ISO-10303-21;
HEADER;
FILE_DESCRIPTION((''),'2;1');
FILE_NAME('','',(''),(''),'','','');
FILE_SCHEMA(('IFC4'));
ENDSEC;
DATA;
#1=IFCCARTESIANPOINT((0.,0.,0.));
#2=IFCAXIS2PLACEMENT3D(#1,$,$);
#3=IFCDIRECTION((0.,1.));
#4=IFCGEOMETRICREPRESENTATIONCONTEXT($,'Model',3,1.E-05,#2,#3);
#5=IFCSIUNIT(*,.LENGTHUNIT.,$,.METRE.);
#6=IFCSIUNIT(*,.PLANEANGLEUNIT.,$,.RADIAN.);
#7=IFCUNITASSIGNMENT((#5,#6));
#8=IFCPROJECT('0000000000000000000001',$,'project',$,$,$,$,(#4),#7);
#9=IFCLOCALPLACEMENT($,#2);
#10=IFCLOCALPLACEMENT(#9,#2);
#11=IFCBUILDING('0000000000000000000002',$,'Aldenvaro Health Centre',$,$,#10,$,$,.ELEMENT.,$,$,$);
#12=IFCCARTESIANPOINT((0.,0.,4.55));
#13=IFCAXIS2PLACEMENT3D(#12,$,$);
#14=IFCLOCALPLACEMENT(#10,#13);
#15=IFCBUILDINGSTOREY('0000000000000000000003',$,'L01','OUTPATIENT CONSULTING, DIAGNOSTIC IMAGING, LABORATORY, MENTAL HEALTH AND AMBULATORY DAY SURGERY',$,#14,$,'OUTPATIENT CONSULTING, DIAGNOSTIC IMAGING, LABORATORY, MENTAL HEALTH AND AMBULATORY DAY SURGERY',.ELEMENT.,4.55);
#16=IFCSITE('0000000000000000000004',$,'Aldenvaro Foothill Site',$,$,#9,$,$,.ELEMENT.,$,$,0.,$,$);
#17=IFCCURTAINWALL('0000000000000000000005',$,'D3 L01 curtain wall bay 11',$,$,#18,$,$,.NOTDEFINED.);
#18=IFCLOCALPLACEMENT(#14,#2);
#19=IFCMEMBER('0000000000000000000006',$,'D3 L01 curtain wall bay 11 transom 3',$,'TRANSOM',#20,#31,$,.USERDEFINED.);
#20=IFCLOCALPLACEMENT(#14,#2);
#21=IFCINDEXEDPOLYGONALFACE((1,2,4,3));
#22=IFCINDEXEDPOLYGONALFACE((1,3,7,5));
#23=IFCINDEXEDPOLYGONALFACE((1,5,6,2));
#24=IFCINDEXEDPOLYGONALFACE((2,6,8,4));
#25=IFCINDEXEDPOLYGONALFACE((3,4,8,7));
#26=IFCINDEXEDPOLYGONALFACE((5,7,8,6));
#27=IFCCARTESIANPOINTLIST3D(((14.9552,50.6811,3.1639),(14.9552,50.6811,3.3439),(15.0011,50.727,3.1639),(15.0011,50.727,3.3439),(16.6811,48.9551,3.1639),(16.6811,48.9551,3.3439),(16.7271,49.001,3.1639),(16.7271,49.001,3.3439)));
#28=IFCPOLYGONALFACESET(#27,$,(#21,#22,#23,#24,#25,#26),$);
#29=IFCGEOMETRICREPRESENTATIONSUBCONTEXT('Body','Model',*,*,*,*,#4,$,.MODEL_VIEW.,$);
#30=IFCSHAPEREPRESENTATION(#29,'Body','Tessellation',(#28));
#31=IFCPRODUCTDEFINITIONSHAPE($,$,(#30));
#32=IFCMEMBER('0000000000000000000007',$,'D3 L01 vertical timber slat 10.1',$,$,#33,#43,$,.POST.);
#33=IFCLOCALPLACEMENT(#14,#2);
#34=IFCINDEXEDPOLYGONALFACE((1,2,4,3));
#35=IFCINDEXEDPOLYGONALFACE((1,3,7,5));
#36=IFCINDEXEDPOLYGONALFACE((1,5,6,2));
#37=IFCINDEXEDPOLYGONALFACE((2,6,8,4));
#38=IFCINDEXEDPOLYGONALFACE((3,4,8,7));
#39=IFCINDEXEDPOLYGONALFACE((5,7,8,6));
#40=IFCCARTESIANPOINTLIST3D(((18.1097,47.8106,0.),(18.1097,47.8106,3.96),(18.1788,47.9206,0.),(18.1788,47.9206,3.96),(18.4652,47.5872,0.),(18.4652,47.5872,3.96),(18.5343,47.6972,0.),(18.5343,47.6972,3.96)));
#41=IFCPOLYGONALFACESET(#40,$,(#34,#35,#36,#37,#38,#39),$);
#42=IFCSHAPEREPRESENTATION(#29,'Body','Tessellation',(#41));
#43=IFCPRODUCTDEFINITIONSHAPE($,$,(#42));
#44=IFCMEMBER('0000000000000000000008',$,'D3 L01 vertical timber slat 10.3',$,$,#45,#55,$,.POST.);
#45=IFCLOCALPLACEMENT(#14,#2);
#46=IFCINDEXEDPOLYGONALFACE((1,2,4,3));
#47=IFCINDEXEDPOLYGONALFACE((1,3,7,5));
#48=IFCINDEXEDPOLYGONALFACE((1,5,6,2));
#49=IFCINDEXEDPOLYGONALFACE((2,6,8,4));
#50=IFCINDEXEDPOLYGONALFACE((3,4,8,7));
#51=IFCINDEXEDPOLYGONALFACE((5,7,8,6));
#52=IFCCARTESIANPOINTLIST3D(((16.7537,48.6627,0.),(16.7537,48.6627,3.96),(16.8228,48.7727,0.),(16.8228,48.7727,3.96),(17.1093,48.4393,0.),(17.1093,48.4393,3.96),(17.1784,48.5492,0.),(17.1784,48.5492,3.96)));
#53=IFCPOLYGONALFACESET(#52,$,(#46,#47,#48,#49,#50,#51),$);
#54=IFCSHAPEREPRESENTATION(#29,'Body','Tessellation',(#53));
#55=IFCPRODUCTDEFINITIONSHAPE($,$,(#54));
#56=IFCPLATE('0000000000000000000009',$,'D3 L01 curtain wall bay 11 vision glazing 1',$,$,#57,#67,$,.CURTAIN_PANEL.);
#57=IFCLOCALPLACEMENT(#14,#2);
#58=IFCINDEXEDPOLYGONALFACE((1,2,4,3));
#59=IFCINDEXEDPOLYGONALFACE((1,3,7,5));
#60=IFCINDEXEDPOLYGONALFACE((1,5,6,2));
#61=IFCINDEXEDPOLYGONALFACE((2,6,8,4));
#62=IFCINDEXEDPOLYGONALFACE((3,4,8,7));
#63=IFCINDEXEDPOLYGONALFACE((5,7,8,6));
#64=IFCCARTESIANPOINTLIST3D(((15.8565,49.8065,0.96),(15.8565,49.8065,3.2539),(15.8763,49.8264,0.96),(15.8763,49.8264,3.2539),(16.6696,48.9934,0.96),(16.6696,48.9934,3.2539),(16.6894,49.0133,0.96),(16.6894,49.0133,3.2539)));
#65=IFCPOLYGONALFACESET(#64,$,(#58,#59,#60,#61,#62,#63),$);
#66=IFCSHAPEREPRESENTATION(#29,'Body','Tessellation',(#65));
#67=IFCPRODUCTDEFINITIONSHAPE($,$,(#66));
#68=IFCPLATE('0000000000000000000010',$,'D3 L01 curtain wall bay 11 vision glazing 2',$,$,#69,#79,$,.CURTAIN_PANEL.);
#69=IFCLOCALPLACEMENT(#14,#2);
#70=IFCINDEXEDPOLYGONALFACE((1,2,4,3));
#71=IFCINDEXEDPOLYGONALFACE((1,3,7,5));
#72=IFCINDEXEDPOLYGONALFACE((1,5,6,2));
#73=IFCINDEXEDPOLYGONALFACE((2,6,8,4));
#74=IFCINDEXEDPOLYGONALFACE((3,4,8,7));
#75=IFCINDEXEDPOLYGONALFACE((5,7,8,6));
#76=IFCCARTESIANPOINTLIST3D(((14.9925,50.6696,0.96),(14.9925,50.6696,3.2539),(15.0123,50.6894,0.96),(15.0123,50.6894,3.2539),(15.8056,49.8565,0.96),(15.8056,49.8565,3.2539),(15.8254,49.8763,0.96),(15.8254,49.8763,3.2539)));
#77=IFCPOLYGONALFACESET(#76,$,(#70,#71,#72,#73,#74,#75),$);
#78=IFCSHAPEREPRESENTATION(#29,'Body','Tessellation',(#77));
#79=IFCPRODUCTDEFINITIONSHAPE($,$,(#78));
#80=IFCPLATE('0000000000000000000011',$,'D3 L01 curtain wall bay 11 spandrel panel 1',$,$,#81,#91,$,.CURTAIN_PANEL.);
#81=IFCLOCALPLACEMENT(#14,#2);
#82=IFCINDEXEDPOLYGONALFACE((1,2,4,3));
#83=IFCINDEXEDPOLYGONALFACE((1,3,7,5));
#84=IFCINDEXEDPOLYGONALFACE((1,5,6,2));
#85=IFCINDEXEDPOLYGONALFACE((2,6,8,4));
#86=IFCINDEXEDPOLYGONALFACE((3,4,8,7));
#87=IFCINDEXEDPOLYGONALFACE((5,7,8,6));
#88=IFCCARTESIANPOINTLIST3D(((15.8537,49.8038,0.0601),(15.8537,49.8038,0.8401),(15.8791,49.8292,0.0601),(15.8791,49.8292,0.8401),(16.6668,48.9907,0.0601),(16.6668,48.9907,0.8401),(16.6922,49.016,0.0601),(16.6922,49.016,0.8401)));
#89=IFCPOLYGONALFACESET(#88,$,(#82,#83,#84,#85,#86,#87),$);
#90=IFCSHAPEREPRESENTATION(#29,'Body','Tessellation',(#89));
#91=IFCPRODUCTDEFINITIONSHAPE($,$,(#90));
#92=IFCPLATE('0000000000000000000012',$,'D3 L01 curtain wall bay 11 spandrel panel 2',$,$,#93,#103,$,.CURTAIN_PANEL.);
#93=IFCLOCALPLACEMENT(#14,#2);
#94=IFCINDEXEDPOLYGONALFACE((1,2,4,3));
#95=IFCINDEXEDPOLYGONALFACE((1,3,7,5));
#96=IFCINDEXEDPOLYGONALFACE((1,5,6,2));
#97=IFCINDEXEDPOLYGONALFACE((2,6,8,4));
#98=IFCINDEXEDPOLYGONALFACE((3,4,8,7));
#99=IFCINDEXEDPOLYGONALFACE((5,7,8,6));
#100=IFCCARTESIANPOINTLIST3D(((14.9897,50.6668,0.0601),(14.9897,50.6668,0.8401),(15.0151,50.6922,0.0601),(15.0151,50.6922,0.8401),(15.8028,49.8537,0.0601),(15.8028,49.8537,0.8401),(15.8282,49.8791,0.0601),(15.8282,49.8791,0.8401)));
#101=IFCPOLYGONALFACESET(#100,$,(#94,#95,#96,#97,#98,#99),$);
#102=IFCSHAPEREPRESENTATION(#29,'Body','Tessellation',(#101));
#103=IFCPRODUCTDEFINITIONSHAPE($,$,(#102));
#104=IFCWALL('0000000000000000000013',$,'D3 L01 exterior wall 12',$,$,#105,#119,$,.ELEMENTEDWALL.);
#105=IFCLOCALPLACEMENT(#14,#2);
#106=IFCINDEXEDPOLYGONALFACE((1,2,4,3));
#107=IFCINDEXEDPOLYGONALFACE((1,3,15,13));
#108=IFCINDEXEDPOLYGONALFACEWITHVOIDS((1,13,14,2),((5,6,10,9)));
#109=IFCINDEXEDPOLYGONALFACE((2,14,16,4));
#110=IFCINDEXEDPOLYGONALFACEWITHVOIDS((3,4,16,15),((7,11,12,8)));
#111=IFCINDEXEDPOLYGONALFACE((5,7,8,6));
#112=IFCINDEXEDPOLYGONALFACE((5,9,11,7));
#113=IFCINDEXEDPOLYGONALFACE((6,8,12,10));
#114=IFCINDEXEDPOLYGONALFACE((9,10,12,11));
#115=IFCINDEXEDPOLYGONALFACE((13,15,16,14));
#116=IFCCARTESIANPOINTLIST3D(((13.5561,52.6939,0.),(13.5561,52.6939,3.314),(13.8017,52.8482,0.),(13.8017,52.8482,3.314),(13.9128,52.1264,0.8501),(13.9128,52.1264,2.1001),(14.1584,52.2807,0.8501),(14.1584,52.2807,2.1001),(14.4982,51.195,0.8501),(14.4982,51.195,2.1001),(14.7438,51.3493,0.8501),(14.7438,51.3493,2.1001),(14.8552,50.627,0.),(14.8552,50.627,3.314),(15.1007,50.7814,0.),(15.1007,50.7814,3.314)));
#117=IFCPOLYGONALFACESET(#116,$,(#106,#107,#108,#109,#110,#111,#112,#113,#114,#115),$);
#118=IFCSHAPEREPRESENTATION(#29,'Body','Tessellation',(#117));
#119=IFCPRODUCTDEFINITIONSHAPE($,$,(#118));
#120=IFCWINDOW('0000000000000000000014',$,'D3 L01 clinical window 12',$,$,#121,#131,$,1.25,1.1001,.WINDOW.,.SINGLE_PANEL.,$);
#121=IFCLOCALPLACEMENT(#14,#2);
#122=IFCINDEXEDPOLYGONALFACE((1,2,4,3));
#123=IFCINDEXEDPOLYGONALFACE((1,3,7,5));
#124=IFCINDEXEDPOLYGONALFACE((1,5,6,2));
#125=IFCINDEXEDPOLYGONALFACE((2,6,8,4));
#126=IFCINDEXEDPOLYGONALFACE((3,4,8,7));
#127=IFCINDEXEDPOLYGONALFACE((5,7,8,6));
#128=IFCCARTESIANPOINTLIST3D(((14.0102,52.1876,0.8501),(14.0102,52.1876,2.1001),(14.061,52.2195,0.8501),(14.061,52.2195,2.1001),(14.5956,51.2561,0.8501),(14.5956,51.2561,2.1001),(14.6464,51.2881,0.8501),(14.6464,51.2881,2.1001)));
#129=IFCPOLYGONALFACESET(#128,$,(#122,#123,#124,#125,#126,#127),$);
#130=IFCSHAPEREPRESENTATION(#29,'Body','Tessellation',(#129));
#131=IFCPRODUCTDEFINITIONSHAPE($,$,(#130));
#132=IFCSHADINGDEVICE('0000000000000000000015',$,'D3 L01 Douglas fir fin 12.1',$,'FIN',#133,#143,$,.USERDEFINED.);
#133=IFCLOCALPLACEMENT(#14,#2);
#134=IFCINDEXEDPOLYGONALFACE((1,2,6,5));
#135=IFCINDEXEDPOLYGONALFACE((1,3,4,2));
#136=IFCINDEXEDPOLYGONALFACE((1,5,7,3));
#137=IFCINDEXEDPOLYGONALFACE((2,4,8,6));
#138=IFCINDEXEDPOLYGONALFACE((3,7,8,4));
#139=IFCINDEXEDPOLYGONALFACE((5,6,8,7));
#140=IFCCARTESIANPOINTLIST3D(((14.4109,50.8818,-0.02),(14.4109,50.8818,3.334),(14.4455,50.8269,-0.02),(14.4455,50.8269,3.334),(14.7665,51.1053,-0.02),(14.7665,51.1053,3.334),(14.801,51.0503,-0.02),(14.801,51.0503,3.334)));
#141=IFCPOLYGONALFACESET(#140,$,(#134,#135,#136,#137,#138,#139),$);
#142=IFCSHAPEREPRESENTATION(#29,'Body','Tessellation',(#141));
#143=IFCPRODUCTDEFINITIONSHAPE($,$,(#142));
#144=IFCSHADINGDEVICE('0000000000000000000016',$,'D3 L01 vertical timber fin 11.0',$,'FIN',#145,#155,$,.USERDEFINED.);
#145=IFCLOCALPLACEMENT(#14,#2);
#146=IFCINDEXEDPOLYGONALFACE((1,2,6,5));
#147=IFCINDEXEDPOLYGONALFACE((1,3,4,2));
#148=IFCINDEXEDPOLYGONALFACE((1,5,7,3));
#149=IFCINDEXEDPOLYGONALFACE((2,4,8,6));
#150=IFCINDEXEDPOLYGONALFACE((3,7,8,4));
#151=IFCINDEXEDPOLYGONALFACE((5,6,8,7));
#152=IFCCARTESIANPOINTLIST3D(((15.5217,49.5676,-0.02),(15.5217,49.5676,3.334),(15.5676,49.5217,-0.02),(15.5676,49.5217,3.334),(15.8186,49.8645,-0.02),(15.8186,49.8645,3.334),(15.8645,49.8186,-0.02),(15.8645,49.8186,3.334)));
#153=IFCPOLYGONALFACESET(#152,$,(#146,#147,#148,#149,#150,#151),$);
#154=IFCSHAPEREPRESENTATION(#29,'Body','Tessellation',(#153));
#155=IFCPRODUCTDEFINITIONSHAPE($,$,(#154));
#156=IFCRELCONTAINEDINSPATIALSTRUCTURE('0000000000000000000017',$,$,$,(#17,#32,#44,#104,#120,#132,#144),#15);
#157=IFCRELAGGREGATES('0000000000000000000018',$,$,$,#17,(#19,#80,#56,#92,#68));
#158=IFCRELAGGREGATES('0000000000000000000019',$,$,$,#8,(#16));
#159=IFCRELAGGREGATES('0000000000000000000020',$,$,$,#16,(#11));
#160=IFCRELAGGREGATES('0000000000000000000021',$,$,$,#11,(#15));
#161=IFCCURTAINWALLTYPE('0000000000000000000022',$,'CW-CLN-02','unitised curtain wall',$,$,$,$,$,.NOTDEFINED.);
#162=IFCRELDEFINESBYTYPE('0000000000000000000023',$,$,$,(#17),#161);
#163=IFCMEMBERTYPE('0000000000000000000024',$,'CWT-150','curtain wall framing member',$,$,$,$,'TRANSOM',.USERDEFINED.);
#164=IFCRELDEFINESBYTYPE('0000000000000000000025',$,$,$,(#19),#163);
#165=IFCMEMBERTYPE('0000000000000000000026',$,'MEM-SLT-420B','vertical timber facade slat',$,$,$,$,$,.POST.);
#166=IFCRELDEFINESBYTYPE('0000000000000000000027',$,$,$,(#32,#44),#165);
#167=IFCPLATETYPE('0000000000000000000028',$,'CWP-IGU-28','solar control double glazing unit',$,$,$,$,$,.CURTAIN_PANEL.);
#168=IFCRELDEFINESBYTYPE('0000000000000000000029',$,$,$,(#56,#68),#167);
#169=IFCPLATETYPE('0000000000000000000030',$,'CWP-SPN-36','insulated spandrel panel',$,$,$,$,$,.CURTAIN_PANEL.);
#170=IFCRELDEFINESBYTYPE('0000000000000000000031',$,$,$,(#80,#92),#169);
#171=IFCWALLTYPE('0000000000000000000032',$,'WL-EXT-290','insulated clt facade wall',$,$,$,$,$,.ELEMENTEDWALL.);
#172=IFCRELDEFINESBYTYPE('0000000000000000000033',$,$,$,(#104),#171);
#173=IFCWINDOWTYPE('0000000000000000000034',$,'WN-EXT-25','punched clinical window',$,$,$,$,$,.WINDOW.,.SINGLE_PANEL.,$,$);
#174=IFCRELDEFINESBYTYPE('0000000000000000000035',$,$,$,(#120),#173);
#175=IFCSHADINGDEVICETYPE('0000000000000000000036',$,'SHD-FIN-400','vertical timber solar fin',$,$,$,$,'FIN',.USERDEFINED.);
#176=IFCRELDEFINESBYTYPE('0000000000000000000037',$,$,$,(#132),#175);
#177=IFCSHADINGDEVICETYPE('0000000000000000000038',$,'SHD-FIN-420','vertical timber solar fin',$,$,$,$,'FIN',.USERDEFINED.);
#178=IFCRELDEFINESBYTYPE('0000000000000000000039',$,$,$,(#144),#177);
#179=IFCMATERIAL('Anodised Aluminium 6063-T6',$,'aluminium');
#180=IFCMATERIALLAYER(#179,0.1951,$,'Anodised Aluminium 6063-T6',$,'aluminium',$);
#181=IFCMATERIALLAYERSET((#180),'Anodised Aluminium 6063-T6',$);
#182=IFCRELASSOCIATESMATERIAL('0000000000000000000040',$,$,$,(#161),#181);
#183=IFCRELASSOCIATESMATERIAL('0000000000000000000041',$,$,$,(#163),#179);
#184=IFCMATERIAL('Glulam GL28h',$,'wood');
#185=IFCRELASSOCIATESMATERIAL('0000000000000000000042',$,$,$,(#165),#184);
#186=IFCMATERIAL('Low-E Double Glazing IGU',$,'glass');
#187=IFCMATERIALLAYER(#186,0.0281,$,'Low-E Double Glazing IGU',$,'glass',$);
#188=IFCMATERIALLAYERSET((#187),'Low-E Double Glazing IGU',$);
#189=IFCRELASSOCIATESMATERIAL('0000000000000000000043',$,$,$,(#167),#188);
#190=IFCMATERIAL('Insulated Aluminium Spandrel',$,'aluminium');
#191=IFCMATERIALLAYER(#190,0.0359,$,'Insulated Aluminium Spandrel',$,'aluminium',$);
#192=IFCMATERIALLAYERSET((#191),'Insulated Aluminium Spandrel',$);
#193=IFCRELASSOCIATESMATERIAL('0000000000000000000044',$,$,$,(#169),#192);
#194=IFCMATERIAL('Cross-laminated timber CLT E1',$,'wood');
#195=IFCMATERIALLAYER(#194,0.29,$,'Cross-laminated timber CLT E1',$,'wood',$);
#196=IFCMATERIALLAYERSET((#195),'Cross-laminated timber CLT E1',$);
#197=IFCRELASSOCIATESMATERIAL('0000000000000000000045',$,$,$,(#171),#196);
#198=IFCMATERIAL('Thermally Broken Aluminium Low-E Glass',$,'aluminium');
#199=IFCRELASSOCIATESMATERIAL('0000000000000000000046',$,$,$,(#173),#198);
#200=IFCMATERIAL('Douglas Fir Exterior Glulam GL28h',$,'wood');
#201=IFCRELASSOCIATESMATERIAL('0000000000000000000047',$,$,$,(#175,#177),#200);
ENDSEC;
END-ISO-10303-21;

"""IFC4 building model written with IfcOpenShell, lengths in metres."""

from ifc_helpers import new_model, si_unit, direction, frame, frame_2d, origin, origin_2d, place, context, subcontext, project, spatial, rectangle, extrude, material, layer, layer_set, material_profile, profile_set, type_object, element, fill, aggregate, save


model = new_model("IFC4")

# Units and contexts
model_context = context("Model", 3, precision=1e-05, world=origin(), true_north=direction((0.0, 1.0)))
body_context = subcontext(model_context, "Body", "Model", "MODEL_VIEW")
ifc_project = project(units=[si_unit("LENGTHUNIT", "METRE"), si_unit("PLANEANGLEUNIT", "RADIAN")], contexts=[model_context])

# Site, building, storey
site_placement = place(None, origin())
site = spatial("IfcSite", under=ifc_project, at=site_placement, Name="Aldenvaro Foothill Site", CompositionType="ELEMENT", RefElevation=0.0)
building_placement = place(site_placement, origin())
building = spatial("IfcBuilding", under=site, at=building_placement, Name="Aldenvaro Health Centre", CompositionType="ELEMENT")
storey_placement = place(building_placement, frame((0.0, 0.0, 4.55)))
storey = spatial("IfcBuildingStorey", under=building, at=storey_placement, Name="L01", Description="OUTPATIENT CONSULTING, DIAGNOSTIC IMAGING, LABORATORY, MENTAL HEALTH AND AMBULATORY DAY SURGERY", LongName="OUTPATIENT CONSULTING, DIAGNOSTIC IMAGING, LABORATORY, MENTAL HEALTH AND AMBULATORY DAY SURGERY", CompositionType="ELEMENT", Elevation=4.55)

# Shared definitions
ifc_material_1 = material(Name="Glulam GL28h", Category="wood")

# Curtain wall, member
ifc_material_2 = material(Name="Anodised Aluminium 6063-T6", Category="aluminium")
ifc_layer_1 = layer(ifc_material_2, 0.1951, Name="Anodised Aluminium 6063-T6", Category="aluminium")
ifc_layer_set_1 = layer_set([ifc_layer_1], Name="Anodised Aluminium 6063-T6")
curtain_wall_type = type_object("IfcCurtainWallType", Name="CW-CLN-02", Description="unitised curtain wall", PredefinedType="NOTDEFINED", material=ifc_layer_set_1)
curtain_wall_placement = place(storey_placement, origin())
curtain_wall = element("IfcCurtainWall", 1, at=curtain_wall_placement, inside=storey, type_object=curtain_wall_type, Name="D3 L01 curtain wall bay 11", PredefinedType="NOTDEFINED")
ifc_material_profile_1 = material_profile(ifc_material_2, rectangle(XDim=0.0649, YDim=0.1799, at=origin_2d()), Name="ALU 65x180", Category="aluminium")
ifc_profile_set_1 = profile_set([ifc_material_profile_1], Name="Anodised Aluminium 6063-T6")
member_type_1 = type_object("IfcMemberType", Name="CWT-150", Description="curtain wall framing member", ElementType="TRANSOM", PredefinedType="USERDEFINED", material=ifc_profile_set_1)
member_1_placement = place(storey_placement, frame((16.7041, 48.978, 3.2539), z_axis=(-0.707107, 0.707107, 0.0), x_axis=(-0.707107, -0.707107, 0.0)))
member_1 = element("IfcMember", 2, at=member_1_placement, type_object=member_type_1, Name="D3 L01 curtain wall bay 11 transom 3", ObjectType="TRANSOM", PredefinedType="USERDEFINED", context=body_context, shape_type="SweptSolid", body=[
    extrude(rectangle(XDim=0.0649, YDim=0.1799, at=origin_2d()), origin(), (0.0, 0.0, 1.0), 2.4409),
])

# Members
ifc_material_profile_2 = material_profile(ifc_material_1, rectangle(XDim=0.1299, YDim=0.4199, at=origin_2d()), Name="GL 130x420", Category="wood")
ifc_profile_set_2 = profile_set([ifc_material_profile_2], Name="Glulam GL28h")
member_type_2 = type_object("IfcMemberType", Name="MEM-SLT-420B", Description="vertical timber facade slat", PredefinedType="POST", material=ifc_profile_set_2)
for number, where, z_axis, x_axis, name in (
    (3, (18.322, 47.7539, 0.0), (0.0, 0.0, 1.0), (-0.532096, -0.846684, 0.0), "D3 L01 vertical timber slat 10.1"),
    (4, (16.9661, 48.606, 0.0), (0.0, 0.0, 1.0), (-0.532096, -0.846684, 0.0), "D3 L01 vertical timber slat 10.3"),
):
    element("IfcMember", number, at=place(storey_placement, frame(where, z_axis=z_axis, x_axis=x_axis)), inside=storey, type_object=member_type_2, Name=name, PredefinedType="POST", context=body_context, shape_type="SweptSolid", body=[
        extrude(rectangle(XDim=0.1299, YDim=0.4199, at=origin_2d()), origin(), (0.0, 0.0, 1.0), 3.96),
    ])

# Plates
ifc_material_3 = material(Name="Low-E Double Glazing IGU", Category="glass")
ifc_layer_2 = layer(ifc_material_3, 0.0281, Name="Low-E Double Glazing IGU", Category="glass")
ifc_layer_set_2 = layer_set([ifc_layer_2], Name="Low-E Double Glazing IGU")
plate_type_1 = type_object("IfcPlateType", Name="CWP-IGU-28", Description="solar control double glazing unit", PredefinedType="CURTAIN_PANEL", material=ifc_layer_set_2)
plate_1_placement = place(storey_placement, frame((16.2729, 49.4099, 0.96), z_axis=(0.0, 0.0, 1.0), x_axis=(-0.707107, 0.707107, 0.0)))
plate_1 = element("IfcPlate", 5, at=plate_1_placement, type_object=plate_type_1, Name="D3 L01 curtain wall bay 11 vision glazing 1", PredefinedType="CURTAIN_PANEL", context=body_context, shape_type="SweptSolid", body=[
    extrude(rectangle(XDim=1.1499, YDim=0.0281, at=origin_2d()), origin(), (0.0, 0.0, 1.0), 2.2939),
])
plate_2_placement = place(storey_placement, frame((15.4089, 50.2729, 0.96), z_axis=(0.0, 0.0, 1.0), x_axis=(-0.707107, 0.707107, 0.0)))
plate_2 = element("IfcPlate", 6, at=plate_2_placement, type_object=plate_type_1, Name="D3 L01 curtain wall bay 11 vision glazing 2", PredefinedType="CURTAIN_PANEL", context=body_context, shape_type="SweptSolid", body=[
    extrude(rectangle(XDim=1.1499, YDim=0.0281, at=origin_2d()), origin(), (0.0, 0.0, 1.0), 2.2939),
])
ifc_material_4 = material(Name="Insulated Aluminium Spandrel", Category="aluminium")
ifc_layer_3 = layer(ifc_material_4, 0.0359, Name="Insulated Aluminium Spandrel", Category="aluminium")
ifc_layer_set_3 = layer_set([ifc_layer_3], Name="Insulated Aluminium Spandrel")
plate_type_2 = type_object("IfcPlateType", Name="CWP-SPN-36", Description="insulated spandrel panel", PredefinedType="CURTAIN_PANEL", material=ifc_layer_set_3)
plate_3_placement = place(storey_placement, frame((16.2729, 49.4099, 0.0601), z_axis=(0.0, 0.0, 1.0), x_axis=(-0.707107, 0.707107, 0.0)))
plate_3 = element("IfcPlate", 7, at=plate_3_placement, type_object=plate_type_2, Name="D3 L01 curtain wall bay 11 spandrel panel 1", PredefinedType="CURTAIN_PANEL", context=body_context, shape_type="SweptSolid", body=[
    extrude(rectangle(XDim=1.1499, YDim=0.0359, at=origin_2d()), origin(), (0.0, 0.0, 1.0), 0.78),
])
plate_4_placement = place(storey_placement, frame((15.4089, 50.2729, 0.0601), z_axis=(0.0, 0.0, 1.0), x_axis=(-0.707107, 0.707107, 0.0)))
plate_4 = element("IfcPlate", 8, at=plate_4_placement, type_object=plate_type_2, Name="D3 L01 curtain wall bay 11 spandrel panel 2", PredefinedType="CURTAIN_PANEL", context=body_context, shape_type="SweptSolid", body=[
    extrude(rectangle(XDim=1.1499, YDim=0.0359, at=origin_2d()), origin(), (0.0, 0.0, 1.0), 0.78),
])
aggregate(curtain_wall, [member_1, plate_3, plate_1, plate_4, plate_2])

# Wall, opening, window
ifc_material_5 = material(Name="Cross-laminated timber CLT E1", Category="wood")
ifc_layer_4 = layer(ifc_material_5, 0.29, Name="Cross-laminated timber CLT E1", Category="wood")
ifc_layer_set_4 = layer_set([ifc_layer_4], Name="Cross-laminated timber CLT E1")
wall_type = type_object("IfcWallType", Name="WL-EXT-290", Description="insulated clt facade wall", PredefinedType="ELEMENTEDWALL", material=ifc_layer_set_4)
wall_placement = place(storey_placement, frame((14.978, 50.7041, 0.0), z_axis=(0.0, 0.0, 1.0), x_axis=(-0.532137, 0.846658, 0.0)))
wall = element("IfcWall", 9, at=wall_placement, inside=storey, type_object=wall_type, Name="D3 L01 exterior wall 12", PredefinedType="ELEMENTEDWALL", context=body_context, shape_type="SweptSolid", body=[
    extrude(rectangle(XDim=2.4412, YDim=0.29, at=frame_2d((1.2207, 0.0))), origin(), (0.0, 0.0, 1.0), 3.314),
])
opening_placement = place(wall_placement, frame((0.6709, 0.0, 0.8501)))
opening = element("IfcOpeningElement", 10, at=opening_placement, cuts=wall, PredefinedType="OPENING", context=body_context, shape_type="SweptSolid", body=[
    extrude(rectangle(XDim=1.1001, YDim=1.25, at=frame_2d((0.55, 0.625))), frame((0.0, 0.155, 0.0), z_axis=(0.0, -1.0, 0.0), x_axis=(1.0, 0.0, 0.0)), (0.0, 0.0, 1.0), 0.3101),
])
ifc_material_6 = material(Name="Thermally Broken Aluminium Low-E Glass", Category="aluminium")
window_type = type_object("IfcWindowType", Name="WN-EXT-25", Description="punched clinical window", PartitioningType="SINGLE_PANEL", PredefinedType="WINDOW", material=ifc_material_6)
window_placement = place(opening_placement, origin())
window = element("IfcWindow", 11, at=window_placement, inside=storey, type_object=window_type, Name="D3 L01 clinical window 12", OverallHeight=1.25, OverallWidth=1.1001, PartitioningType="SINGLE_PANEL", PredefinedType="WINDOW", context=body_context, shape_type="SweptSolid", body=[
    extrude(rectangle(XDim=1.1001, YDim=1.25, at=frame_2d((0.55, 0.625))), frame((0.0, 0.03, 0.0), z_axis=(0.0, -1.0, 0.0), x_axis=(1.0, 0.0, 0.0)), (0.0, 0.0, 1.0), 0.0601),
])
fill(opening, window)

# Shading devices
ifc_material_7 = material(Name="Douglas Fir Exterior Glulam GL28h", Category="wood")
shading_device_type_1 = type_object("IfcShadingDeviceType", Name="SHD-FIN-400", Description="vertical timber solar fin", ElementType="FIN", PredefinedType="USERDEFINED", material=ifc_material_7)
shading_device_1_placement = place(storey_placement, frame((14.606, 50.9661, -0.02), z_axis=(0.0, 0.0, 1.0), x_axis=(-0.532096, 0.846684, 0.0)))
element("IfcShadingDevice", 12, at=shading_device_1_placement, inside=storey, type_object=shading_device_type_1, Name="D3 L01 Douglas fir fin 12.1", ObjectType="FIN", PredefinedType="USERDEFINED", context=body_context, shape_type="SweptSolid", body=[
    extrude(rectangle(XDim=0.0649, YDim=0.4199, at=origin_2d()), origin(), (0.0, 0.0, 1.0), 3.354),
])
shading_device_type_2 = type_object("IfcShadingDeviceType", Name="SHD-FIN-420", Description="vertical timber solar fin", ElementType="FIN", PredefinedType="USERDEFINED", material=ifc_material_7)
shading_device_2_placement = place(storey_placement, frame((15.6931, 49.6931, -0.02), z_axis=(0.0, 0.0, 1.0), x_axis=(-0.707107, 0.707107, 0.0)))
element("IfcShadingDevice", 13, at=shading_device_2_placement, inside=storey, type_object=shading_device_type_2, Name="D3 L01 vertical timber fin 11.0", ObjectType="FIN", PredefinedType="USERDEFINED", context=body_context, shape_type="SweptSolid", body=[
    extrude(rectangle(XDim=0.0649, YDim=0.4199, at=origin_2d()), origin(), (0.0, 0.0, 1.0), 3.354),
])

save(model, "model.ifc")
